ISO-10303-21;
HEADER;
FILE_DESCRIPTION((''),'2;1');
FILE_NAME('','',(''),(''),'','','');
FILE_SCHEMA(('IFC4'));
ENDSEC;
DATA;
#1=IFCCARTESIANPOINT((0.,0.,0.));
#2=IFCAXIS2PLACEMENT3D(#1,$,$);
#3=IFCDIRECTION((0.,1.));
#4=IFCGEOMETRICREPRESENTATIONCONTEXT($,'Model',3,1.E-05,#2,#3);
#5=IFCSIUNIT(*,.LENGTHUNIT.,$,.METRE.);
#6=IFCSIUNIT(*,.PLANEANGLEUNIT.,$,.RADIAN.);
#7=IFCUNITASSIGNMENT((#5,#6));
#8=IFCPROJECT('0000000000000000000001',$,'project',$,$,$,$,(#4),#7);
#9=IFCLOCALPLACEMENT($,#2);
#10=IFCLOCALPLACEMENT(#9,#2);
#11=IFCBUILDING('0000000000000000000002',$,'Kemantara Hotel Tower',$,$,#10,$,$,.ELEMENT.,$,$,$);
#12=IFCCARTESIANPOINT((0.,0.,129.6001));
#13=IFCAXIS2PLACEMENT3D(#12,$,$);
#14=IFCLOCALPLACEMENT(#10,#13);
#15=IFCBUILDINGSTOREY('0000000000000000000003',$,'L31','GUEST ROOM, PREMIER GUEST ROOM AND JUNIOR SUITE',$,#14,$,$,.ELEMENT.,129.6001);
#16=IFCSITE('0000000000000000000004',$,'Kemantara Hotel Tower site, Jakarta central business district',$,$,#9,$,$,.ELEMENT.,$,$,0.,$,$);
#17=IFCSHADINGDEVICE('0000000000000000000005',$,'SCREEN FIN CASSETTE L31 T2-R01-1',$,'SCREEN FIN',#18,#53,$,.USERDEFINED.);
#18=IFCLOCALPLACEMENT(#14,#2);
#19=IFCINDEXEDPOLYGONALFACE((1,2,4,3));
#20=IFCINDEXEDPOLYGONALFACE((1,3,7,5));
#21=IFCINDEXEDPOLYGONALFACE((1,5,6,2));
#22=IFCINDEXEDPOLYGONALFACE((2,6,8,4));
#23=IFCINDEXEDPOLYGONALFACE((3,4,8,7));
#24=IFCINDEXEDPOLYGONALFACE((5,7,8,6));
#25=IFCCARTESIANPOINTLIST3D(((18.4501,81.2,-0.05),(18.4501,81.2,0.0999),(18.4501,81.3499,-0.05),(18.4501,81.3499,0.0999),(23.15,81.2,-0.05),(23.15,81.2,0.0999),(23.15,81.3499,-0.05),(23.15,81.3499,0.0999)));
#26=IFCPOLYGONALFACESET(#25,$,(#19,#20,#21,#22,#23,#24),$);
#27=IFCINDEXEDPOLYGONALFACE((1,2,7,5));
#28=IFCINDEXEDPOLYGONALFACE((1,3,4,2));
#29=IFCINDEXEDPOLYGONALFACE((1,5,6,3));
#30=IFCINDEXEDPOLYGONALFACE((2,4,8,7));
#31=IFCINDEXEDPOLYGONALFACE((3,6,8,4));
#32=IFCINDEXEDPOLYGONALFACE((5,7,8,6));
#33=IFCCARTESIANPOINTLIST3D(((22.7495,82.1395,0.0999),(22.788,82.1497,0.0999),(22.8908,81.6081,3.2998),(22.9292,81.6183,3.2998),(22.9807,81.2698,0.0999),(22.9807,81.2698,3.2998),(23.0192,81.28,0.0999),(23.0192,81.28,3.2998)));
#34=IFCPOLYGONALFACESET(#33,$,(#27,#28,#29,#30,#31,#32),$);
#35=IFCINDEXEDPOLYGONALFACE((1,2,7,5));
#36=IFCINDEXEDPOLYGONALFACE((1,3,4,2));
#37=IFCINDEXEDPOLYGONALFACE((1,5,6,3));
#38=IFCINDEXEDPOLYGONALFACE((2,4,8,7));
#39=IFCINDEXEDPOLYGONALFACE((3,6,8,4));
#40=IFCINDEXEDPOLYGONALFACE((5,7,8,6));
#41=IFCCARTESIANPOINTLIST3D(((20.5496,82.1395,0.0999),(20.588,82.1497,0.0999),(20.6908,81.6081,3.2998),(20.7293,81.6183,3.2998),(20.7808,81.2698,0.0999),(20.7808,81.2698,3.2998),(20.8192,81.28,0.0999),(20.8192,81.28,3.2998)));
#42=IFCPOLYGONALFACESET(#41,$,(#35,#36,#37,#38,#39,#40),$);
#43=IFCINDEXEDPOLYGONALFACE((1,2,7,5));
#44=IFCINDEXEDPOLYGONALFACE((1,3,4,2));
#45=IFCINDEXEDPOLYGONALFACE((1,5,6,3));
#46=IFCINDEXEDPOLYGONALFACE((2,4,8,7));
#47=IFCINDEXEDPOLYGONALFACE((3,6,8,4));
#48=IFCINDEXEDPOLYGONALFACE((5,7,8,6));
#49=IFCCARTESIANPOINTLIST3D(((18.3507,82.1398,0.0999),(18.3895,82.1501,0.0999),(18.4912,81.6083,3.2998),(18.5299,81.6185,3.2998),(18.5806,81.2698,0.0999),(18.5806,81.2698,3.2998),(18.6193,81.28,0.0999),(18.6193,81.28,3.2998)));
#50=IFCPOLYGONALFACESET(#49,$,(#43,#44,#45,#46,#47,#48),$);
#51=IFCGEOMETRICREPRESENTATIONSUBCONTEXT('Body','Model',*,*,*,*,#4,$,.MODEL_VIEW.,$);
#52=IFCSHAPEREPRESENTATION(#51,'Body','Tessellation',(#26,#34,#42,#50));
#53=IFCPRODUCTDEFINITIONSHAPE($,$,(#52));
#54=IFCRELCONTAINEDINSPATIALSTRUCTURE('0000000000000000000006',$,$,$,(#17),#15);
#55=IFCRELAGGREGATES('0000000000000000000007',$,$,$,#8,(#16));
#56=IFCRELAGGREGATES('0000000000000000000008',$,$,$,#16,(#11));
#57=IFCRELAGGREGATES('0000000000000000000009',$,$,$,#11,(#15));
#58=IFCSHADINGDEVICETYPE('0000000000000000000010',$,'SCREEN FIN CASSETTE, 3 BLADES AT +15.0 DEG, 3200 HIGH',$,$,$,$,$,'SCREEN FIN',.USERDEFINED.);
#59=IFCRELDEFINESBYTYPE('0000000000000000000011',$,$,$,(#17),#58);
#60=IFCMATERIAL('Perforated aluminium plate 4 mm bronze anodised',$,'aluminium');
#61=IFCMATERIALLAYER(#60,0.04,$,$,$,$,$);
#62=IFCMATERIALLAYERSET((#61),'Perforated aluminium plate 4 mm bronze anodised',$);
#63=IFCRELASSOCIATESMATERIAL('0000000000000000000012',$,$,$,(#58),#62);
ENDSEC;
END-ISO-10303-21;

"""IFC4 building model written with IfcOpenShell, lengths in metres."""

from ifc_helpers import new_model, si_unit, direction, frame, origin, origin_2d, place, context, subcontext, project, spatial, polyline, rectangle, outline, extrude, source, transform, mapped, material, layer, layer_set, type_object, element, save


model = new_model("IFC4")

# Units and contexts
model_context = context("Model", 3, precision=1e-05, world=origin(), true_north=direction((0.0, 1.0)))
body_context = subcontext(model_context, "Body", "Model", "MODEL_VIEW")
ifc_project = project(units=[si_unit("LENGTHUNIT", "METRE"), si_unit("PLANEANGLEUNIT", "RADIAN")], contexts=[model_context])

# Site, building, storey
site_placement = place(None, origin())
site = spatial("IfcSite", under=ifc_project, at=site_placement, Name="Kemantara Hotel Tower site, Jakarta central business district", CompositionType="ELEMENT", RefElevation=0.0)
building_placement = place(site_placement, origin())
building = spatial("IfcBuilding", under=site, at=building_placement, Name="Kemantara Hotel Tower", CompositionType="ELEMENT")
storey_placement = place(building_placement, frame((0.0, 0.0, 129.6001)))
storey = spatial("IfcBuildingStorey", under=building, at=storey_placement, Name="L31", Description="GUEST ROOM, PREMIER GUEST ROOM AND JUNIOR SUITE", CompositionType="ELEMENT", Elevation=129.6001)

# Shading device
ifc_material_1 = material(Name="Perforated aluminium plate 4 mm bronze anodised", Category="aluminium")
ifc_layer_1 = layer(ifc_material_1, 0.04)
ifc_layer_set_1 = layer_set([ifc_layer_1], Name="Perforated aluminium plate 4 mm bronze anodised")
shading_device_type_1 = type_object("IfcShadingDeviceType", Name="SCREEN FIN CASSETTE, 3 BLADES AT +15.0 DEG, 3200 HIGH", ElementType="SCREEN FIN", PredefinedType="USERDEFINED", material=ifc_layer_set_1)
shared_shape_1 = source(origin(), body_context, "Body", "SweptSolid", [
    extrude(rectangle(XDim=4.7, YDim=0.1499, at=origin_2d()), frame((2.2, -0.075, -0.1499), z_axis=(0.0, 0.0, 1.0), x_axis=(1.0, 0.0, 0.0)), (0.0, 0.0, 1.0), 0.1499),
    extrude(outline(polyline([(0.0, 0.0), (0.8999, 0.0), (0.3501, 3.2), (0.0, 3.2), (0.0, 0.0)])), frame((0.0193, -0.0698, 0.0), z_axis=(-0.966438, -0.256901, 0.0), x_axis=(0.256901, -0.966438, 0.0)), (0.0, 0.0, 1.0), 0.0398),
    extrude(outline(polyline([(0.0, 0.0), (0.8999, 0.0), (0.3501, 3.2), (0.0, 3.2), (0.0, 0.0)])), frame((2.2192, -0.0698, 0.0), z_axis=(-0.966438, -0.256901, 0.0), x_axis=(0.256901, -0.966438, 0.0)), (0.0, 0.0, 1.0), 0.0398),
    extrude(outline(polyline([(0.0, 0.0), (0.8999, 0.0), (0.3501, 3.2), (0.0, 3.2), (0.0, 0.0)])), frame((4.4194, -0.0698, 0.0), z_axis=(-0.966838, -0.255391, 0.0), x_axis=(0.255391, -0.966838, 0.0)), (0.0, 0.0, 1.0), 0.04),
])
shading_device_1_placement = place(storey_placement, frame((23.0, 81.2, 0.0999), z_axis=(0.0, 0.0, 1.0), x_axis=(-1.0, 0.0, 0.0)))
element("IfcShadingDevice", 1, at=shading_device_1_placement, inside=storey, type_object=shading_device_type_1, Name="SCREEN FIN CASSETTE L31 T2-R01-1", ObjectType="SCREEN FIN", PredefinedType="USERDEFINED", context=body_context, shape_type="MappedRepresentation", body=[
    mapped(shared_shape_1, transform((0.0, 0.0, 0.0))),
])

save(model, "model.ifc")
